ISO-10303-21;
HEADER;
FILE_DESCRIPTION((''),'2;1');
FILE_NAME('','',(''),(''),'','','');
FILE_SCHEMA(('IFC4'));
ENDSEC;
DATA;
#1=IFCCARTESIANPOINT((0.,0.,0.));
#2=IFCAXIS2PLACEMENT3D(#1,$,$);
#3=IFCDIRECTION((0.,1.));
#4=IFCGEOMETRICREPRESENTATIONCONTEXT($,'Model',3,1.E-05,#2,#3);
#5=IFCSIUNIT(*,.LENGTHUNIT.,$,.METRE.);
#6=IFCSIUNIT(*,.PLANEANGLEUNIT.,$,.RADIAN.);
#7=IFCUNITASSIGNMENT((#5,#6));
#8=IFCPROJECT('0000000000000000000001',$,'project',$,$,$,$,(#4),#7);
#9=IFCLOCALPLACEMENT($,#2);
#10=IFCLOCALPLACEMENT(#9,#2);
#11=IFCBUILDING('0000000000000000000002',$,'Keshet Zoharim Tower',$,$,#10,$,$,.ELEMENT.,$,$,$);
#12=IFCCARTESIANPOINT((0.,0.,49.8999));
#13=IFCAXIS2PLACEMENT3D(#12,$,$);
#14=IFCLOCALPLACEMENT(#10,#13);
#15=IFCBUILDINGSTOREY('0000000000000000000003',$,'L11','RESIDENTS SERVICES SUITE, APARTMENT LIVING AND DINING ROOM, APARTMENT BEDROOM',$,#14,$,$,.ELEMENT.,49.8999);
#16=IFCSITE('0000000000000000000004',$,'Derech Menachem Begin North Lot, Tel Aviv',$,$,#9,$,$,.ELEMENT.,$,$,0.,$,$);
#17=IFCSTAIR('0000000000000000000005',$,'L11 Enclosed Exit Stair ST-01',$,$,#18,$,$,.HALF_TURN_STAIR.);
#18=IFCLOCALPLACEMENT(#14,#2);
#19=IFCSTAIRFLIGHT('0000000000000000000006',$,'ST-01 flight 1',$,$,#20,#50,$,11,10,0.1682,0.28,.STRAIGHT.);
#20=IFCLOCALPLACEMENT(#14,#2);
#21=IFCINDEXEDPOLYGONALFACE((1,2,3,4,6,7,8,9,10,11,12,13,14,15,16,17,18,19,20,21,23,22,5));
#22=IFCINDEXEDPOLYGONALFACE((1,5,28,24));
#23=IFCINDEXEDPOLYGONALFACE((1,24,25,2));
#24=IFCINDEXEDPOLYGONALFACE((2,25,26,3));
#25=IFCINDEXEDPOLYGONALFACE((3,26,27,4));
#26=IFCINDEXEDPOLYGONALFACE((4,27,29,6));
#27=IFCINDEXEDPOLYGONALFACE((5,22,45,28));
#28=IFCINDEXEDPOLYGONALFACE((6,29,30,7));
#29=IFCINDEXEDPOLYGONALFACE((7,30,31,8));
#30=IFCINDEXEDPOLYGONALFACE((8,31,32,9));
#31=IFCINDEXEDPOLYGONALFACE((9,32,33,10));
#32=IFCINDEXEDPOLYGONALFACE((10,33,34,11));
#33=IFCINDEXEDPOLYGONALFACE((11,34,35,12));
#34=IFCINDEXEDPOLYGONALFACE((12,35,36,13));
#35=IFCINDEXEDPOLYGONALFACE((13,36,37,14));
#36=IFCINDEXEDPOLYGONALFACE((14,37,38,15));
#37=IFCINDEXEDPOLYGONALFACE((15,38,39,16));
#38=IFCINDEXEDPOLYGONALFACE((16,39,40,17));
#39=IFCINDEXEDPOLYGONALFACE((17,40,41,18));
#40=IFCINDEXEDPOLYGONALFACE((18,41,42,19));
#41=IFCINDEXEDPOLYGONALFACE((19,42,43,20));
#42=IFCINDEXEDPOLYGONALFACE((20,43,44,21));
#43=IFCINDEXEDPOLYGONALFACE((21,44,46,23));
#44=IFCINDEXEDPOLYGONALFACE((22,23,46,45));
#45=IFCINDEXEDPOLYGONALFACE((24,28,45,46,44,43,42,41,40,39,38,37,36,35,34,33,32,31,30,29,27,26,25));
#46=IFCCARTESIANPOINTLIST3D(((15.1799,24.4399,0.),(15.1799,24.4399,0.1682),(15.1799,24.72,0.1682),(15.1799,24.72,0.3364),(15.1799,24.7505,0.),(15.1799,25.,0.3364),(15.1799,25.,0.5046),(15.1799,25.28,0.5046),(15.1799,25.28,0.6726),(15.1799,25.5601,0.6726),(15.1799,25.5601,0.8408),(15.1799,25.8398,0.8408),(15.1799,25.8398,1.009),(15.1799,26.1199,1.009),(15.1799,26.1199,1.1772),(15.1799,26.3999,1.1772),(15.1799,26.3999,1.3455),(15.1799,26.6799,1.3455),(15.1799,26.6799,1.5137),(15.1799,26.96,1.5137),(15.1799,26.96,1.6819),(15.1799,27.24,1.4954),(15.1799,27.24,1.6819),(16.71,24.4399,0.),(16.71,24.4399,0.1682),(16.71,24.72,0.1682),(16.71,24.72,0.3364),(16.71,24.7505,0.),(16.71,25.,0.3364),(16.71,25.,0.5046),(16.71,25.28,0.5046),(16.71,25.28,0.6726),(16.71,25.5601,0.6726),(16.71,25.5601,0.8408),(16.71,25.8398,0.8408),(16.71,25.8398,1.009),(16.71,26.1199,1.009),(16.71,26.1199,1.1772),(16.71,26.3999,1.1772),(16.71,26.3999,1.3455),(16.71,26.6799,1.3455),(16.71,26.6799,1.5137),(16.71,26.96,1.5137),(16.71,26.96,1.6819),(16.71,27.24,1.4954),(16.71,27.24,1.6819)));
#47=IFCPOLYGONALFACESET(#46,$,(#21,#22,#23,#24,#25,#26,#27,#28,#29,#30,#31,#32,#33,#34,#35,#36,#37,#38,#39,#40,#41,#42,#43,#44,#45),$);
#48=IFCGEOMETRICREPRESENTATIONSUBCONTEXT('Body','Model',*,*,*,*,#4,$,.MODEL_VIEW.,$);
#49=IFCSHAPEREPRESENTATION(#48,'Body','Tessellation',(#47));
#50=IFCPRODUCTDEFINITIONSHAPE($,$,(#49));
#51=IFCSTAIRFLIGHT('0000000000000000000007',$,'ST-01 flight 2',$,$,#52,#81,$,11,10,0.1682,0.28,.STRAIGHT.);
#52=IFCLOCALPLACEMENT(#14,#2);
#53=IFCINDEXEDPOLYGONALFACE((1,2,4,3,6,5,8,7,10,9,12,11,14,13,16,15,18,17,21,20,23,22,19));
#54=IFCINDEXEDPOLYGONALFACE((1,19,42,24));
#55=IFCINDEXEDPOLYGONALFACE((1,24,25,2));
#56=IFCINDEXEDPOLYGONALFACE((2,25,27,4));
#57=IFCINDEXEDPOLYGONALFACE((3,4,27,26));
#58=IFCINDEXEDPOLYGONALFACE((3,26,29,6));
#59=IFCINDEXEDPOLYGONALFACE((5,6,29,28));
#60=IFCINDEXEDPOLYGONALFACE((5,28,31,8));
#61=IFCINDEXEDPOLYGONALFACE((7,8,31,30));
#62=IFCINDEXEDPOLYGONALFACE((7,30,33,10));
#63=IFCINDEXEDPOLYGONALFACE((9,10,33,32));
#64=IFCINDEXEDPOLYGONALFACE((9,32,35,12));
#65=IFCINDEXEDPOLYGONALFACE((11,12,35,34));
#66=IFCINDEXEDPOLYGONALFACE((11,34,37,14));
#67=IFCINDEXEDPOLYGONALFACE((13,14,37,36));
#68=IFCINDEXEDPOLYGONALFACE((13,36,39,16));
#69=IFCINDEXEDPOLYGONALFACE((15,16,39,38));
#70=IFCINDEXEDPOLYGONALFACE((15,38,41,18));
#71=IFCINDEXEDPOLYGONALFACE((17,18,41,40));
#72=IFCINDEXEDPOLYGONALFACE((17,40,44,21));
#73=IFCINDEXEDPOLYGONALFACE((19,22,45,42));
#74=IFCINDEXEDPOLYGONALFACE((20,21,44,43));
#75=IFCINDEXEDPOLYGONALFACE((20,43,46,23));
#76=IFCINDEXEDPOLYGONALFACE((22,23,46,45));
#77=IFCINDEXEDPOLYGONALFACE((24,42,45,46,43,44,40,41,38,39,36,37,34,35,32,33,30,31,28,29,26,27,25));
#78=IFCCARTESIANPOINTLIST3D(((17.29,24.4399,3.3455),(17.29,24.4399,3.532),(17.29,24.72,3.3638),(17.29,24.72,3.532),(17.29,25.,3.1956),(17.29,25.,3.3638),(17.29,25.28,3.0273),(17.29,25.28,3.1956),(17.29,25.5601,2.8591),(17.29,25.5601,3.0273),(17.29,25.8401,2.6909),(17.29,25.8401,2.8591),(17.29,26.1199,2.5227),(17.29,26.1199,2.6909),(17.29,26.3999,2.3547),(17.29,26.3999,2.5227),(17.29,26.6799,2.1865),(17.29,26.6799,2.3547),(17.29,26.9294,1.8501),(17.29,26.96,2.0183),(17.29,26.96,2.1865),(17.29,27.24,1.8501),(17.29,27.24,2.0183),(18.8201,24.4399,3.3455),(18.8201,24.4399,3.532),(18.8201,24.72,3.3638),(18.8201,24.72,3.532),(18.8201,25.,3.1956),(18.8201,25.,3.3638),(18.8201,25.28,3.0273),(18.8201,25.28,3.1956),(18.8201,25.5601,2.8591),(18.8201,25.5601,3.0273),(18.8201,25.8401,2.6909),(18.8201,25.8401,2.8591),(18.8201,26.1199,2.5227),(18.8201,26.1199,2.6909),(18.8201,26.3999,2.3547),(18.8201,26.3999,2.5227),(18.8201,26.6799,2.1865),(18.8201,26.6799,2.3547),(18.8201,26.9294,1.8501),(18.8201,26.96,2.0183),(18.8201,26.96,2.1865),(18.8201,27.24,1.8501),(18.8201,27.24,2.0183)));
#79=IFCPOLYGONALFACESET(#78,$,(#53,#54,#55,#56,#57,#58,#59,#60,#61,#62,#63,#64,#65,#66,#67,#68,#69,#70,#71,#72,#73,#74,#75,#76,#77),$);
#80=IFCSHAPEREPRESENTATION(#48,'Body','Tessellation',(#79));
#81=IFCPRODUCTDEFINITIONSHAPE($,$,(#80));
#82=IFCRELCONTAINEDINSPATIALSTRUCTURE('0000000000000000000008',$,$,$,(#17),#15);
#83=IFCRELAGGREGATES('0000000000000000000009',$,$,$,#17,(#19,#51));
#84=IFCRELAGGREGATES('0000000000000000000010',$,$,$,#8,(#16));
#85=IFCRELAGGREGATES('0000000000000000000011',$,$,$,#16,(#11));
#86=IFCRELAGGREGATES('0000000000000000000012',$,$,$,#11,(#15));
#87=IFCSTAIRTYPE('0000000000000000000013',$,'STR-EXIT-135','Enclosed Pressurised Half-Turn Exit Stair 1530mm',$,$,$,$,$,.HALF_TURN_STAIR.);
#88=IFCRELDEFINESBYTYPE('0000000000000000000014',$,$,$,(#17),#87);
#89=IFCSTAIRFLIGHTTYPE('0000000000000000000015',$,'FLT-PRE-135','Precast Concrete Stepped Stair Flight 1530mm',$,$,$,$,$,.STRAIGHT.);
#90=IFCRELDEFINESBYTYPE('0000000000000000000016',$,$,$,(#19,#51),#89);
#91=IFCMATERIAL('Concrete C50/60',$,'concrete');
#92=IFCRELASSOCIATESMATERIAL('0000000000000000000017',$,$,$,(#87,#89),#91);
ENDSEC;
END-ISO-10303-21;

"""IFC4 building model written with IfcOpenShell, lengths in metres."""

from ifc_helpers import new_model, si_unit, direction, frame, origin, place, context, subcontext, project, spatial, polyline, outline, extrude, material, type_object, element, aggregate, save


model = new_model("IFC4")

# Units and contexts
model_context = context("Model", 3, precision=1e-05, world=origin(), true_north=direction((0.0, 1.0)))
body_context = subcontext(model_context, "Body", "Model", "MODEL_VIEW")
ifc_project = project(units=[si_unit("LENGTHUNIT", "METRE"), si_unit("PLANEANGLEUNIT", "RADIAN")], contexts=[model_context])

# Site, building, storey
site_placement = place(None, origin())
site = spatial("IfcSite", under=ifc_project, at=site_placement, Name="Derech Menachem Begin North Lot, Tel Aviv", CompositionType="ELEMENT", RefElevation=0.0)
building_placement = place(site_placement, origin())
building = spatial("IfcBuilding", under=site, at=building_placement, Name="Keshet Zoharim Tower", CompositionType="ELEMENT")
storey_placement = place(building_placement, frame((0.0, 0.0, 49.8999)))
storey = spatial("IfcBuildingStorey", under=building, at=storey_placement, Name="L11", Description="RESIDENTS SERVICES SUITE, APARTMENT LIVING AND DINING ROOM, APARTMENT BEDROOM", CompositionType="ELEMENT", Elevation=49.8999)

# Stair, stair flights
ifc_material_1 = material(Name="Concrete C50/60", Category="concrete")
stair_type = type_object("IfcStairType", Name="STR-EXIT-135", Description="Enclosed Pressurised Half-Turn Exit Stair 1530mm", PredefinedType="HALF_TURN_STAIR", material=ifc_material_1)
stair_placement = place(storey_placement, origin())
stair = element("IfcStair", 1, at=stair_placement, inside=storey, type_object=stair_type, Name="L11 Enclosed Exit Stair ST-01", PredefinedType="HALF_TURN_STAIR")
stair_flight_type = type_object("IfcStairFlightType", Name="FLT-PRE-135", Description="Precast Concrete Stepped Stair Flight 1530mm", PredefinedType="STRAIGHT", material=ifc_material_1)
stair_flight_1_placement = place(storey_placement, frame((15.9451, 24.4399, 0.0), z_axis=(0.0, 0.0, 1.0), x_axis=(0.0, 1.0, 0.0)))
stair_flight_1 = element("IfcStairFlight", 2, at=stair_flight_1_placement, type_object=stair_flight_type, Name="ST-01 flight 1", NumberOfRisers=11, NumberOfTreads=10, PredefinedType="STRAIGHT", RiserHeight=0.1682, TreadLength=0.28, context=body_context, shape_type="SweptSolid", body=[
    extrude(outline(polyline([(0.0, 0.0), (0.0, 0.1682), (0.28, 0.1682), (0.28, 0.3364), (0.5601, 0.3364), (0.5601, 0.5046), (0.8401, 0.5046), (0.8401, 0.6726), (1.1201, 0.6726), (1.1201, 0.8408), (1.3999, 0.8408), (1.3999, 1.009), (1.6799, 1.009), (1.6799, 1.1772), (1.96, 1.1772), (1.96, 1.3455), (2.24, 1.3455), (2.24, 1.5137), (2.52, 1.5137), (2.52, 1.6819), (2.8, 1.6819), (2.8, 1.8501), (2.8, 1.4954), (0.3105, 0.0), (0.0, 0.0)])), frame((0.0, 0.7651, 0.0), z_axis=(0.0, -1.0, 0.0), x_axis=(1.0, 0.0, 0.0)), (0.0, 0.0, 1.0), 1.53),
])
stair_flight_2_placement = place(storey_placement, frame((18.0549, 27.24, 1.8501), z_axis=(0.0, 0.0, 1.0), x_axis=(0.0, -1.0, 0.0)))
stair_flight_2 = element("IfcStairFlight", 3, at=stair_flight_2_placement, type_object=stair_flight_type, Name="ST-01 flight 2", NumberOfRisers=11, NumberOfTreads=10, PredefinedType="STRAIGHT", RiserHeight=0.1682, TreadLength=0.28, context=body_context, shape_type="SweptSolid", body=[
    extrude(outline(polyline([(0.0, 0.0), (0.0, 0.1682), (0.28, 0.1682), (0.28, 0.3364), (0.5601, 0.3364), (0.5601, 0.5046), (0.8401, 0.5046), (0.8401, 0.6726), (1.1201, 0.6726), (1.1201, 0.8408), (1.3999, 0.8408), (1.3999, 1.009), (1.6799, 1.009), (1.6799, 1.1772), (1.96, 1.1772), (1.96, 1.3455), (2.24, 1.3455), (2.24, 1.5137), (2.52, 1.5137), (2.52, 1.6819), (2.8, 1.6819), (2.8, 1.8501), (2.8, 1.4954), (0.3105, 0.0), (0.0, 0.0)])), frame((0.0, 0.7651, 0.0), z_axis=(0.0, -1.0, 0.0), x_axis=(1.0, 0.0, 0.0)), (0.0, 0.0, 1.0), 1.53),
])
aggregate(stair, [stair_flight_1, stair_flight_2])

save(model, "model.ifc")
